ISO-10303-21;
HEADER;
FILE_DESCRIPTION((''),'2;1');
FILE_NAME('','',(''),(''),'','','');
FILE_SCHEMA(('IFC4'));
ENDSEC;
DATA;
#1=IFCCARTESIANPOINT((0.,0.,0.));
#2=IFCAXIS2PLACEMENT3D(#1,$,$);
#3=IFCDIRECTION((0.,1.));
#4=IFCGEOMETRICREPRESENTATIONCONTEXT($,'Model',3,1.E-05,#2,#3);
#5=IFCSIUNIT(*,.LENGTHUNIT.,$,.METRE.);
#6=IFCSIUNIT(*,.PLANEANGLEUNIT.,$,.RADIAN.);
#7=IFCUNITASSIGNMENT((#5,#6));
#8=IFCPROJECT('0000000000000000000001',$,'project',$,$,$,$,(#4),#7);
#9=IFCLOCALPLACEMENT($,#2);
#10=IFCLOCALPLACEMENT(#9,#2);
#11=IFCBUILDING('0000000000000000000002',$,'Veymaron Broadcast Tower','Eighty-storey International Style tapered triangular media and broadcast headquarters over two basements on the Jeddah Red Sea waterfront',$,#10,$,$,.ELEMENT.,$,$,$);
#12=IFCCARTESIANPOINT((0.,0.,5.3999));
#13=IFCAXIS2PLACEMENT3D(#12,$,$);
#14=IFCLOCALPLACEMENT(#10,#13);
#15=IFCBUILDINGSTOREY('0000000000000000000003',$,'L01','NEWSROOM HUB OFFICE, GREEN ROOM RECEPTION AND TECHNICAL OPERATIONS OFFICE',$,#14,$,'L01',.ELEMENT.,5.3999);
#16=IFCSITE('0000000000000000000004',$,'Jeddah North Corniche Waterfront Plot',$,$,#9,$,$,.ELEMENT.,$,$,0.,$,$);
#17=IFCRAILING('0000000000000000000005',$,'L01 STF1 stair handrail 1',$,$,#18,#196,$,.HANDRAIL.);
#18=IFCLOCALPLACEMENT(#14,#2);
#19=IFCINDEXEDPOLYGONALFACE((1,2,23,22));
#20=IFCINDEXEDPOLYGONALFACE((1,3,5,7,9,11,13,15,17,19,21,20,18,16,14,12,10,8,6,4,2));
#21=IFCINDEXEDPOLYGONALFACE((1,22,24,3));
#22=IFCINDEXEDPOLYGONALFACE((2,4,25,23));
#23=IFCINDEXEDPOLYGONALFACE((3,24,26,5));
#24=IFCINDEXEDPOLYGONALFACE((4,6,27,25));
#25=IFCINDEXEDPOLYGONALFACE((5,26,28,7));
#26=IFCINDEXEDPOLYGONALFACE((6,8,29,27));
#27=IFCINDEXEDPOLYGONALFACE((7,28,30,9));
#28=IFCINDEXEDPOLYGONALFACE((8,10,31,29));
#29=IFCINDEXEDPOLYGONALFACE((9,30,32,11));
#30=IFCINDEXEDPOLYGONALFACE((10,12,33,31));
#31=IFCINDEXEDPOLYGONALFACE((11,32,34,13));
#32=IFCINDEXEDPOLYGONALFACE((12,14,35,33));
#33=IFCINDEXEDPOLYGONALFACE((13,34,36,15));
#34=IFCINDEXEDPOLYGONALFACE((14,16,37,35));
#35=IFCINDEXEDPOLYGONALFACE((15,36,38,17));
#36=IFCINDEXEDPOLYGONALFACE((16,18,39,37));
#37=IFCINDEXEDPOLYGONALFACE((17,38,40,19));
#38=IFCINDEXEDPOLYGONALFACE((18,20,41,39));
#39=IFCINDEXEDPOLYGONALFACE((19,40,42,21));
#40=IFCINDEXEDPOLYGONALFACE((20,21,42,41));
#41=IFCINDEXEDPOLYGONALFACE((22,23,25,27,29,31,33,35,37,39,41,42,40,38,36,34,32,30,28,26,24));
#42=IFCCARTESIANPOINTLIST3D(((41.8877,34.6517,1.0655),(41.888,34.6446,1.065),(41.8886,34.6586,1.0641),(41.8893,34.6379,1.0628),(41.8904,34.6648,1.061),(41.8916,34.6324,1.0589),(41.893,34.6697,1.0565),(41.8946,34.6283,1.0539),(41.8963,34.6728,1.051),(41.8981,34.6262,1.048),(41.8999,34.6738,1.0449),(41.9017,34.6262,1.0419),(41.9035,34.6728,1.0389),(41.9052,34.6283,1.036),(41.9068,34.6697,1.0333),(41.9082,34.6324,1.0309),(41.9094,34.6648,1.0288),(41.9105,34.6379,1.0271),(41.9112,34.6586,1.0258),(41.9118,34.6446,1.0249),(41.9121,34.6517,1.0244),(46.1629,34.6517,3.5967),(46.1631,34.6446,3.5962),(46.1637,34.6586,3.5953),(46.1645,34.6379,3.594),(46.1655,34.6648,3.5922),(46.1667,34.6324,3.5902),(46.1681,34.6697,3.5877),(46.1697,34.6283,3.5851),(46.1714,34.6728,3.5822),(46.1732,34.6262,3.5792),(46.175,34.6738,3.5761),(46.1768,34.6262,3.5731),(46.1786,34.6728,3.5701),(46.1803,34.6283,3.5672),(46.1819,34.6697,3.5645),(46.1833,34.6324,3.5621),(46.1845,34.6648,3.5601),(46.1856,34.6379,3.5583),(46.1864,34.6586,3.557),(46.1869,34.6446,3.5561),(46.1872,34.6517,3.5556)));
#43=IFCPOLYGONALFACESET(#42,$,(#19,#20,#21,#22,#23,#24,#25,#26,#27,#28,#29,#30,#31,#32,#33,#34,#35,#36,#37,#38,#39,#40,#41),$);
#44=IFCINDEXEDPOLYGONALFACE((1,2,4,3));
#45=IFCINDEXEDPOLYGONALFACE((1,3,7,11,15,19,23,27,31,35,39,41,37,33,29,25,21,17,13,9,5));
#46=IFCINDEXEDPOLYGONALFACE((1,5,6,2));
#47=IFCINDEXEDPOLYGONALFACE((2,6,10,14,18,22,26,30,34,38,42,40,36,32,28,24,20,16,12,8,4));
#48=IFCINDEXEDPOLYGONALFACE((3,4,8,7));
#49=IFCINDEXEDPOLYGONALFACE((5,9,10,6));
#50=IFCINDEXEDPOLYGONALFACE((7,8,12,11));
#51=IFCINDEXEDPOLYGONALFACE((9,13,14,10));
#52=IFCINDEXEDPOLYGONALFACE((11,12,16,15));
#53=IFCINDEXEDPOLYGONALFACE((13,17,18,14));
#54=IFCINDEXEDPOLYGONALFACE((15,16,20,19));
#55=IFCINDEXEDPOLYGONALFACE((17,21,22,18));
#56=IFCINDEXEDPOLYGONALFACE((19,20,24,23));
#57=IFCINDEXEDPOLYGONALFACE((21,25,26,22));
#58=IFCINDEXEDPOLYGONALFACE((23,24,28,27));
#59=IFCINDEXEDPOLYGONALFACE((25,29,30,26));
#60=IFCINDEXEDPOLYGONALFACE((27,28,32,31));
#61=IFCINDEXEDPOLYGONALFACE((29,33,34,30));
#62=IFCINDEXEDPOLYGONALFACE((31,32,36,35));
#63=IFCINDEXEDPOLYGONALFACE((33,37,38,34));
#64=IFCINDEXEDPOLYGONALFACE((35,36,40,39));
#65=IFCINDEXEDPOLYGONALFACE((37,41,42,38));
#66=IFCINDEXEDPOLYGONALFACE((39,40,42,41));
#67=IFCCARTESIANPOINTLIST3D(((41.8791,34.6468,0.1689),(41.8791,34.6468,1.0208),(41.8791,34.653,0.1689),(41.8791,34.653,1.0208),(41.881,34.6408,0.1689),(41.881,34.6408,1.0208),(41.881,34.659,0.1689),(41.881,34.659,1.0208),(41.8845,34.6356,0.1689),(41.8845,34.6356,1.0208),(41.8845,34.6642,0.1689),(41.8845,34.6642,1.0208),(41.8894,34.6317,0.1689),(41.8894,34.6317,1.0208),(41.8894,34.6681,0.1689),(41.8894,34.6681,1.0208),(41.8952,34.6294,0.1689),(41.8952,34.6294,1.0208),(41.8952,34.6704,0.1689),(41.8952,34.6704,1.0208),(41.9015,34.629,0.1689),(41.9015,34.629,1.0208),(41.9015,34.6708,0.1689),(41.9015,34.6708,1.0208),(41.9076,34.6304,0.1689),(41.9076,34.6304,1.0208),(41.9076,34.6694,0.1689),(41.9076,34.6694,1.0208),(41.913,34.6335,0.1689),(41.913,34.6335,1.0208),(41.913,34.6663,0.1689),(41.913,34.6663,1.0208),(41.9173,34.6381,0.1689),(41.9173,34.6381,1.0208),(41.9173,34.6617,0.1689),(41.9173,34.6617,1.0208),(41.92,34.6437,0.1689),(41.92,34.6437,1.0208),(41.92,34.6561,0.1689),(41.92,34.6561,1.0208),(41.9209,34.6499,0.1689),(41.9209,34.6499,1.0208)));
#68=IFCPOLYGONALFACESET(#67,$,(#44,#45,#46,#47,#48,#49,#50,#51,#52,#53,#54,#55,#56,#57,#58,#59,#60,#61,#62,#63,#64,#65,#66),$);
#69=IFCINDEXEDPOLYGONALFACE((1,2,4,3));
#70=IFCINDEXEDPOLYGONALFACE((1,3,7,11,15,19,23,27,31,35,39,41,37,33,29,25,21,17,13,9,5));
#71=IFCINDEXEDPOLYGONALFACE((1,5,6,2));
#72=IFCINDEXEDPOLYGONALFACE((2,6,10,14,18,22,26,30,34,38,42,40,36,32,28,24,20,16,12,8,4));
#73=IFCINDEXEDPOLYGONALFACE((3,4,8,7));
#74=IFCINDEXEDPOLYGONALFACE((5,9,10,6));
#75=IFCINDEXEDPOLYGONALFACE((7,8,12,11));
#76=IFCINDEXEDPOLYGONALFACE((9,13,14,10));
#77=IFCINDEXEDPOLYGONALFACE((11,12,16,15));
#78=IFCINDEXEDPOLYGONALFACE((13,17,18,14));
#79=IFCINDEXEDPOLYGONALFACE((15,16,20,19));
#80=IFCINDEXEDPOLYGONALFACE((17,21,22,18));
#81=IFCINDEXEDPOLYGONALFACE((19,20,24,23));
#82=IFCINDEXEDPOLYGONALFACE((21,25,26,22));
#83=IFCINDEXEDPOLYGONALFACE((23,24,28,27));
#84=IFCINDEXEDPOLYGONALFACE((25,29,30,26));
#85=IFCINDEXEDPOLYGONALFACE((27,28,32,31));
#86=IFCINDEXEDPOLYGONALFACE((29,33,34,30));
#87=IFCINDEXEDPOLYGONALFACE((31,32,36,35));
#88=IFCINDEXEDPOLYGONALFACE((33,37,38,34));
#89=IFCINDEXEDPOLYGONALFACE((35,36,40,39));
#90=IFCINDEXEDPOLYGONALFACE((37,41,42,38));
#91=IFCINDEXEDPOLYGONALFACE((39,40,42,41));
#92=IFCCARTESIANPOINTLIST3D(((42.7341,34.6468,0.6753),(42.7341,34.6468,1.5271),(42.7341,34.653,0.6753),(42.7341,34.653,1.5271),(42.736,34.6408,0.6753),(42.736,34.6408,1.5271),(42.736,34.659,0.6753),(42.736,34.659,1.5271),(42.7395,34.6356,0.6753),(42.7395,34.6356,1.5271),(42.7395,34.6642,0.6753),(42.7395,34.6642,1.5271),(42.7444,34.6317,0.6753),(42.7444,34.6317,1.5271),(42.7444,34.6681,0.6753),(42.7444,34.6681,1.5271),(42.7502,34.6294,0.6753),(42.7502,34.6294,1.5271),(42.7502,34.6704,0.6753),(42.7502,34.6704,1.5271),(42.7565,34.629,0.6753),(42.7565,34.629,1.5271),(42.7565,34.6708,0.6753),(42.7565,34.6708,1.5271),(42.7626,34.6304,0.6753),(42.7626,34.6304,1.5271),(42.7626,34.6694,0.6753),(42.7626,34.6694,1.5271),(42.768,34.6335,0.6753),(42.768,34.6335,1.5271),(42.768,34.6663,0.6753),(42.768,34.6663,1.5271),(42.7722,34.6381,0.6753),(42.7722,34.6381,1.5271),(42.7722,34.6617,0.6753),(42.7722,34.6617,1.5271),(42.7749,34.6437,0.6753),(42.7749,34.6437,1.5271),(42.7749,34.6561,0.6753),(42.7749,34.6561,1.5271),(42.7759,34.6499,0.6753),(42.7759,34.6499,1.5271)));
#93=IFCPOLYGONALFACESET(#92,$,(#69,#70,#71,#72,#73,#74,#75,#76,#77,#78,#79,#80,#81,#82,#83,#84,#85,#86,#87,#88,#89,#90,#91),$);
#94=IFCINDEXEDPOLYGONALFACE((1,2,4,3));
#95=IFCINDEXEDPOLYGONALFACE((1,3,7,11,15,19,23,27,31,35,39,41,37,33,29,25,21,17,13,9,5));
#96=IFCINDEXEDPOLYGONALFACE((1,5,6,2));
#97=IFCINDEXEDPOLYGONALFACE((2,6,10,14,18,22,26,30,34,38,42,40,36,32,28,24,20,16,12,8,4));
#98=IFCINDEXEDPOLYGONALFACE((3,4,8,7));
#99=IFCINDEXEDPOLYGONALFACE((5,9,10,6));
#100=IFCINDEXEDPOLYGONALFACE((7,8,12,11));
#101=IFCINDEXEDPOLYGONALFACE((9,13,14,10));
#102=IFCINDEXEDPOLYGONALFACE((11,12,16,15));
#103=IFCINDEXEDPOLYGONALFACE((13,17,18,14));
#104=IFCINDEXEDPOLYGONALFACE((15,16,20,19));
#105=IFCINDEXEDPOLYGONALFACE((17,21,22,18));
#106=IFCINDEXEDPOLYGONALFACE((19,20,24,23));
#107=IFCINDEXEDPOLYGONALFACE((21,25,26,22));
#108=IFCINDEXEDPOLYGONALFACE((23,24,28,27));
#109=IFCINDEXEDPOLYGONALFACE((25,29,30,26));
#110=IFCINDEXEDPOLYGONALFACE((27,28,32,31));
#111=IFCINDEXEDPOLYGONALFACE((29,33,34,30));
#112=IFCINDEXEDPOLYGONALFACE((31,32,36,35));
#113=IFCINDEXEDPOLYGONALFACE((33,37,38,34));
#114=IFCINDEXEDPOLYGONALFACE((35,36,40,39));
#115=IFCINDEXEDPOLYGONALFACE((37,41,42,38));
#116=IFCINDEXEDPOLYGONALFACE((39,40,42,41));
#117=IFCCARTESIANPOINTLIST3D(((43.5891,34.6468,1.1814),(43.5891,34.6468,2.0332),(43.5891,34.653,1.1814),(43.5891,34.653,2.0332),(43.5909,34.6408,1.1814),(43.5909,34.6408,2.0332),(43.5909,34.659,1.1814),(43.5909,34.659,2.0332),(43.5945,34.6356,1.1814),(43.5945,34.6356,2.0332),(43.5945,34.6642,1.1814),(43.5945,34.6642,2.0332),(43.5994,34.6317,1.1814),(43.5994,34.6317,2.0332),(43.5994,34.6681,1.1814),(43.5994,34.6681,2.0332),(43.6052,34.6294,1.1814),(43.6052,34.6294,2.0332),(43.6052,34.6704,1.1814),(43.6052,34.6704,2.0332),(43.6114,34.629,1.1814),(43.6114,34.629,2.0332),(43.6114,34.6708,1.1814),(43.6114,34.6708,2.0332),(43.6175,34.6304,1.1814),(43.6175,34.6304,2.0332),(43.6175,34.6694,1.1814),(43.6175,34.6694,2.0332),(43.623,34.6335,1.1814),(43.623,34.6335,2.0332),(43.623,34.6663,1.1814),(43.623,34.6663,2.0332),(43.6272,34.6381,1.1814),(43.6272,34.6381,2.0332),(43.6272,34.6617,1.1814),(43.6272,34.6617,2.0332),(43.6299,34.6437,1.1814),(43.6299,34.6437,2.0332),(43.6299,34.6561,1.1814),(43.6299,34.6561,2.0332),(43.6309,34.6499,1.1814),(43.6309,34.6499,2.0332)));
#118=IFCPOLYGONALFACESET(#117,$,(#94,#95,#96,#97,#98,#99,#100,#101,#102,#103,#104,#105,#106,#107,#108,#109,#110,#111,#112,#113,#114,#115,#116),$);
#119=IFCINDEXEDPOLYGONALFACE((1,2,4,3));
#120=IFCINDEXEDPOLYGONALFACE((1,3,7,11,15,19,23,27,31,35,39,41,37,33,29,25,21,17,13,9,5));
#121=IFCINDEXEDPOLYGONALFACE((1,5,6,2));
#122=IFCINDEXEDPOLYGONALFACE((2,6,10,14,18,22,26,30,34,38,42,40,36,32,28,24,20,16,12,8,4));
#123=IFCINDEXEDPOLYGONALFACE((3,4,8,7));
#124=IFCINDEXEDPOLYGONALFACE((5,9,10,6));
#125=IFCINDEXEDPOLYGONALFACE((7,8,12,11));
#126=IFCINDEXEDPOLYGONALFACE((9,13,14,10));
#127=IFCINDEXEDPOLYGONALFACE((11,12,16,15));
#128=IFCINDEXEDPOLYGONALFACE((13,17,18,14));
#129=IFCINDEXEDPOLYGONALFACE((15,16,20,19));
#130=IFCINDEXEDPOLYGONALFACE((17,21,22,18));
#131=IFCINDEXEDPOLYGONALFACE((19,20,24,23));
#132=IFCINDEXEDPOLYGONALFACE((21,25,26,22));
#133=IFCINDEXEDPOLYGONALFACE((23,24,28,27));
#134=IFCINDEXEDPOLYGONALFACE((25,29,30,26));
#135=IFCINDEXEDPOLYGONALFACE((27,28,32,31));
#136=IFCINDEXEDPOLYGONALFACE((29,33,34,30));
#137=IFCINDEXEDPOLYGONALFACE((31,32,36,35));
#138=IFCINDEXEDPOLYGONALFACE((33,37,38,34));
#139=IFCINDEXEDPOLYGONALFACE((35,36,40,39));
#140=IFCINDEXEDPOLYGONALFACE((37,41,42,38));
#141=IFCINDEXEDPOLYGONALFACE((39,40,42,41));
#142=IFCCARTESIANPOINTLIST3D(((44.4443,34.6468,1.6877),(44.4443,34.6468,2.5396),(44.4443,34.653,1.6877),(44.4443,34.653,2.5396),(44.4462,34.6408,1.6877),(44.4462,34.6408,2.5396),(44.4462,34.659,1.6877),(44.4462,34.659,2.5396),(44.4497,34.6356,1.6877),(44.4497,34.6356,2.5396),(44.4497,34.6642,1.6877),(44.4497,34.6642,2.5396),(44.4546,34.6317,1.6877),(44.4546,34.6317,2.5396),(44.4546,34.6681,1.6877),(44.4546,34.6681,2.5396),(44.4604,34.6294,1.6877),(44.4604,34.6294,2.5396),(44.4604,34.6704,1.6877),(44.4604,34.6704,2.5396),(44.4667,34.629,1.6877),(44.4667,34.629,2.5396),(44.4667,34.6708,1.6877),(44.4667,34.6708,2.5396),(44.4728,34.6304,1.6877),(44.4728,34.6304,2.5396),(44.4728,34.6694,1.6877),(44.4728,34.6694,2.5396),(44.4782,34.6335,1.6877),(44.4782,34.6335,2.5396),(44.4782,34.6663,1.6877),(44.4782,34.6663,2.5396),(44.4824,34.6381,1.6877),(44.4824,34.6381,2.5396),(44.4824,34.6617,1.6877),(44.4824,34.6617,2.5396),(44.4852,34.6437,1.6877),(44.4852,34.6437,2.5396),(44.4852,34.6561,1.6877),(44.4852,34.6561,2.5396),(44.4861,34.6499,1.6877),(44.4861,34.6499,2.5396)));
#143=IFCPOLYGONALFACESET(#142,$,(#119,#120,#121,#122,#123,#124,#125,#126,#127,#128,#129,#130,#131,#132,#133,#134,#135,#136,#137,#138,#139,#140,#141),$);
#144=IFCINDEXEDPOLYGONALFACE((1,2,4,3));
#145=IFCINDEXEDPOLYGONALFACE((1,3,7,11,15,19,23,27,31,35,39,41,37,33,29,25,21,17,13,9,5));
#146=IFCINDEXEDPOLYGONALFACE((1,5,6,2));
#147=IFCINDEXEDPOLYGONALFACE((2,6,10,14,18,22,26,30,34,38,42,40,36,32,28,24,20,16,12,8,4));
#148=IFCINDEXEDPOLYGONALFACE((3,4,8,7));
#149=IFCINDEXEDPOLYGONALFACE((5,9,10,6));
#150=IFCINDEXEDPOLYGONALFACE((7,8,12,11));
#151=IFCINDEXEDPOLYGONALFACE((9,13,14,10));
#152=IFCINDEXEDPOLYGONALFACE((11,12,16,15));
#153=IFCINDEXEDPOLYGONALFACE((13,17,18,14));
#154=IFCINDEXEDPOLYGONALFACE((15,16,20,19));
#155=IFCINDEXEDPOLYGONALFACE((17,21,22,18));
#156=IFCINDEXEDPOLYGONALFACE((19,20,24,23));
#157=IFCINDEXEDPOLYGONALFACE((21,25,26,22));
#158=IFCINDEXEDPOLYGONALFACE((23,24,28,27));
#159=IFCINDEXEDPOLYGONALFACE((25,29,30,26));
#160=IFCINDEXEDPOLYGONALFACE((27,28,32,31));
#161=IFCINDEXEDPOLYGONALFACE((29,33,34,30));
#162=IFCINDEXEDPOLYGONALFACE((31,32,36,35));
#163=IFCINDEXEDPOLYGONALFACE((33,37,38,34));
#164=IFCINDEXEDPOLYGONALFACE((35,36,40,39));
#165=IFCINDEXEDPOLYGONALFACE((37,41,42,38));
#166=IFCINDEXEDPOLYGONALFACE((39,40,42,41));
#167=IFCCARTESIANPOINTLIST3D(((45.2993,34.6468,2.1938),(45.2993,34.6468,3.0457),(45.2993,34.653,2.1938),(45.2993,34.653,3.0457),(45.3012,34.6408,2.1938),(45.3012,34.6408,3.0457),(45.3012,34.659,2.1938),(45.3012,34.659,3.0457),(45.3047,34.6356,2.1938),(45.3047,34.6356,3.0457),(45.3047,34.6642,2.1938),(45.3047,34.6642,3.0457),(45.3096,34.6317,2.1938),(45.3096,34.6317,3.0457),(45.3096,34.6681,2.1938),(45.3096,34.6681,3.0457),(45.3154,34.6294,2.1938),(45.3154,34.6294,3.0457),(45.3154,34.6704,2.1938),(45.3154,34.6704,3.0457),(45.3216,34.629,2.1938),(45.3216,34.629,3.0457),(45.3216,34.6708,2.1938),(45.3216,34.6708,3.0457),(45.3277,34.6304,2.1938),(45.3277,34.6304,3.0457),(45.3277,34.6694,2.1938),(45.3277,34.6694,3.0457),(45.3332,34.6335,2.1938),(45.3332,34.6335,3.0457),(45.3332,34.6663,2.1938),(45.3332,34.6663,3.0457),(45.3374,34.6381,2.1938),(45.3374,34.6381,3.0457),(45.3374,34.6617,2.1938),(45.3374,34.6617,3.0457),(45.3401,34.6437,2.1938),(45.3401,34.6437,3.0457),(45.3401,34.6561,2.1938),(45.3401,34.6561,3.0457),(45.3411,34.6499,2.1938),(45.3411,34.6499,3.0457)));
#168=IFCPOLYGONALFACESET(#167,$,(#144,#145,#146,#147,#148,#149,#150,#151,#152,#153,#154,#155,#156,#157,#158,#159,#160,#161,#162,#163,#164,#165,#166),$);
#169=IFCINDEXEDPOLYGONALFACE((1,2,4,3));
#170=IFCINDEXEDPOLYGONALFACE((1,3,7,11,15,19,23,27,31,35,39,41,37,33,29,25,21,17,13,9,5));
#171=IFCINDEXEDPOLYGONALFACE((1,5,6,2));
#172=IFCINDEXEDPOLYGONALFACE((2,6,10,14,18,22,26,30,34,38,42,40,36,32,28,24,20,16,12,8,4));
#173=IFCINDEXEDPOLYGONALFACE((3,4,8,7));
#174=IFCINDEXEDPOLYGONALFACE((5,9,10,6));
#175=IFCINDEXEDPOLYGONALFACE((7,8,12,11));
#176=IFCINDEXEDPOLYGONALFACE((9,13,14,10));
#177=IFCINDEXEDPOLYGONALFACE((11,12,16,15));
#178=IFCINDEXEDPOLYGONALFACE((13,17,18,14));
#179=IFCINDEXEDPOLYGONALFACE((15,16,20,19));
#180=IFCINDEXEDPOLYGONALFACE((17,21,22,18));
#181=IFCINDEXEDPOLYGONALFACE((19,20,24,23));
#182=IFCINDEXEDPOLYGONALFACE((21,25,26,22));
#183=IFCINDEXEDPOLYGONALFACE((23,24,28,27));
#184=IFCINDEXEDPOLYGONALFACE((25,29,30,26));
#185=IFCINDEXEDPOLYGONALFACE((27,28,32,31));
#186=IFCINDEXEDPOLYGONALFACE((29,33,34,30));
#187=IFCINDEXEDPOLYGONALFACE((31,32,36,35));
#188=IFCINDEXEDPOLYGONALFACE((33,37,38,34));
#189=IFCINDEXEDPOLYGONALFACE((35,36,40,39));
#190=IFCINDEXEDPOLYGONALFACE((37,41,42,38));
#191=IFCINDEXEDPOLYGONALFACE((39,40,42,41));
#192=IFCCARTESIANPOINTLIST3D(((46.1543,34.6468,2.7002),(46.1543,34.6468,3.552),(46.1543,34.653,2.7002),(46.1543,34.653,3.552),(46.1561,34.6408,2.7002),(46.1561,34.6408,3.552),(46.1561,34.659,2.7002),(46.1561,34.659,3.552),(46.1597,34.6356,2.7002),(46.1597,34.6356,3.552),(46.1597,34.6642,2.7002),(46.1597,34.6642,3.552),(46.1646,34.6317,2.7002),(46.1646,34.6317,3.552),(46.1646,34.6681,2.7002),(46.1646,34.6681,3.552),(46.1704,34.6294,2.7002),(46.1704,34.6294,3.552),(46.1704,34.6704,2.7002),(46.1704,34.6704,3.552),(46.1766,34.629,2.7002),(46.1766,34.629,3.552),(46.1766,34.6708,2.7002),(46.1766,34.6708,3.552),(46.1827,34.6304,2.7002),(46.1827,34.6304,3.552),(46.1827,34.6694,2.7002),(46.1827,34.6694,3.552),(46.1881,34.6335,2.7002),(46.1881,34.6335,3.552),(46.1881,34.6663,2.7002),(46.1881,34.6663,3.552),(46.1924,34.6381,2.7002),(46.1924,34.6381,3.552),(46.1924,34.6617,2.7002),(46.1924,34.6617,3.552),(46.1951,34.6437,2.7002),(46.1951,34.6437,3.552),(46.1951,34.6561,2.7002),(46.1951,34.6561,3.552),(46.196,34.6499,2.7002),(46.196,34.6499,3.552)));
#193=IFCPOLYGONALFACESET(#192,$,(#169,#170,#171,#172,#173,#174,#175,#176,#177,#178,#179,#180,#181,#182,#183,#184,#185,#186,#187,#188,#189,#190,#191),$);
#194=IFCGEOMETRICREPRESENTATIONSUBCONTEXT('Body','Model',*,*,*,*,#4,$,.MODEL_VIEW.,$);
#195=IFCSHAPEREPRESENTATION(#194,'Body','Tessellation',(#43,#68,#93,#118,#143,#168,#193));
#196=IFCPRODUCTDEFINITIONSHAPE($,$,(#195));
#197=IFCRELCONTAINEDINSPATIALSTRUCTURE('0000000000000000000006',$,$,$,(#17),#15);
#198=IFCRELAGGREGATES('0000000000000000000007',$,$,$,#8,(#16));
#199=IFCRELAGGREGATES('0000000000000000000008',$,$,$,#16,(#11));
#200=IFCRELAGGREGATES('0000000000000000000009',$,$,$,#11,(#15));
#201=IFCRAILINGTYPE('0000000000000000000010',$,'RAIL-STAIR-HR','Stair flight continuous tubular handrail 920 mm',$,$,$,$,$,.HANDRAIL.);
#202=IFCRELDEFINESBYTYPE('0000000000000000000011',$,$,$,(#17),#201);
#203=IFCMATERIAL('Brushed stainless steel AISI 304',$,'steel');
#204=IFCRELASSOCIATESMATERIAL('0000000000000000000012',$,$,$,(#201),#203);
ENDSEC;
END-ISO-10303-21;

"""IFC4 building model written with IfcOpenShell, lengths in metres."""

from ifc_helpers import new_model, si_unit, direction, frame, origin, origin_2d, place, context, subcontext, project, spatial, circle, extrude, material, type_object, element, save


model = new_model("IFC4")

# Units and contexts
model_context = context("Model", 3, precision=1e-05, world=origin(), true_north=direction((0.0, 1.0)))
body_context = subcontext(model_context, "Body", "Model", "MODEL_VIEW")
ifc_project = project(units=[si_unit("LENGTHUNIT", "METRE"), si_unit("PLANEANGLEUNIT", "RADIAN")], contexts=[model_context])

# Site, building, storey
site_placement = place(None, origin())
site = spatial("IfcSite", under=ifc_project, at=site_placement, Name="Jeddah North Corniche Waterfront Plot", CompositionType="ELEMENT", RefElevation=0.0)
building_placement = place(site_placement, origin())
building = spatial("IfcBuilding", under=site, at=building_placement, Name="Veymaron Broadcast Tower", Description="Eighty-storey International Style tapered triangular media and broadcast headquarters over two basements on the Jeddah Red Sea waterfront", CompositionType="ELEMENT")
storey_placement = place(building_placement, frame((0.0, 0.0, 5.3999)))
storey = spatial("IfcBuildingStorey", under=building, at=storey_placement, Name="L01", Description="NEWSROOM HUB OFFICE, GREEN ROOM RECEPTION AND TECHNICAL OPERATIONS OFFICE", LongName="L01", CompositionType="ELEMENT", Elevation=5.3999)

# Shared definitions
ifc_material_1 = material(Name="Brushed stainless steel AISI 304", Category="steel")

# Railing
railing_type_1 = type_object("IfcRailingType", Name="RAIL-STAIR-HR", Description="Stair flight continuous tubular handrail 920 mm", PredefinedType="HANDRAIL", material=ifc_material_1)
railing_1_placement = place(storey_placement, frame((41.8999, 34.6499, 0.1689)))
element("IfcRailing", 1, at=railing_1_placement, inside=storey, type_object=railing_type_1, Name="L01 STF1 stair handrail 1", PredefinedType="HANDRAIL", context=body_context, shape_type="SweptSolid", body=[
    extrude(circle(Radius=0.0239, at=origin_2d()), frame((0.0, 0.0, 0.876), z_axis=(0.860483, 0.0, 0.509479), x_axis=(0.0, 1.0, 0.0)), (0.0, 0.0, 1.0), 4.9683),
    extrude(circle(Radius=0.021, at=origin_2d()), origin(), (0.0, 0.0, 1.0), 0.8518),
    extrude(circle(Radius=0.021, at=origin_2d()), frame((0.855, 0.0, 0.5063)), (0.0, 0.0, 1.0), 0.8518),
    extrude(circle(Radius=0.021, at=origin_2d()), frame((1.71, 0.0, 1.0125)), (0.0, 0.0, 1.0), 0.8518),
    extrude(circle(Radius=0.021, at=origin_2d()), frame((2.5652, 0.0, 1.5188)), (0.0, 0.0, 1.0), 0.8518),
    extrude(circle(Radius=0.021, at=origin_2d()), frame((3.4202, 0.0, 2.0249)), (0.0, 0.0, 1.0), 0.8518),
    extrude(circle(Radius=0.021, at=origin_2d()), frame((4.2751, 0.0, 2.5312)), (0.0, 0.0, 1.0), 0.8518),
])

save(model, "model.ifc")
